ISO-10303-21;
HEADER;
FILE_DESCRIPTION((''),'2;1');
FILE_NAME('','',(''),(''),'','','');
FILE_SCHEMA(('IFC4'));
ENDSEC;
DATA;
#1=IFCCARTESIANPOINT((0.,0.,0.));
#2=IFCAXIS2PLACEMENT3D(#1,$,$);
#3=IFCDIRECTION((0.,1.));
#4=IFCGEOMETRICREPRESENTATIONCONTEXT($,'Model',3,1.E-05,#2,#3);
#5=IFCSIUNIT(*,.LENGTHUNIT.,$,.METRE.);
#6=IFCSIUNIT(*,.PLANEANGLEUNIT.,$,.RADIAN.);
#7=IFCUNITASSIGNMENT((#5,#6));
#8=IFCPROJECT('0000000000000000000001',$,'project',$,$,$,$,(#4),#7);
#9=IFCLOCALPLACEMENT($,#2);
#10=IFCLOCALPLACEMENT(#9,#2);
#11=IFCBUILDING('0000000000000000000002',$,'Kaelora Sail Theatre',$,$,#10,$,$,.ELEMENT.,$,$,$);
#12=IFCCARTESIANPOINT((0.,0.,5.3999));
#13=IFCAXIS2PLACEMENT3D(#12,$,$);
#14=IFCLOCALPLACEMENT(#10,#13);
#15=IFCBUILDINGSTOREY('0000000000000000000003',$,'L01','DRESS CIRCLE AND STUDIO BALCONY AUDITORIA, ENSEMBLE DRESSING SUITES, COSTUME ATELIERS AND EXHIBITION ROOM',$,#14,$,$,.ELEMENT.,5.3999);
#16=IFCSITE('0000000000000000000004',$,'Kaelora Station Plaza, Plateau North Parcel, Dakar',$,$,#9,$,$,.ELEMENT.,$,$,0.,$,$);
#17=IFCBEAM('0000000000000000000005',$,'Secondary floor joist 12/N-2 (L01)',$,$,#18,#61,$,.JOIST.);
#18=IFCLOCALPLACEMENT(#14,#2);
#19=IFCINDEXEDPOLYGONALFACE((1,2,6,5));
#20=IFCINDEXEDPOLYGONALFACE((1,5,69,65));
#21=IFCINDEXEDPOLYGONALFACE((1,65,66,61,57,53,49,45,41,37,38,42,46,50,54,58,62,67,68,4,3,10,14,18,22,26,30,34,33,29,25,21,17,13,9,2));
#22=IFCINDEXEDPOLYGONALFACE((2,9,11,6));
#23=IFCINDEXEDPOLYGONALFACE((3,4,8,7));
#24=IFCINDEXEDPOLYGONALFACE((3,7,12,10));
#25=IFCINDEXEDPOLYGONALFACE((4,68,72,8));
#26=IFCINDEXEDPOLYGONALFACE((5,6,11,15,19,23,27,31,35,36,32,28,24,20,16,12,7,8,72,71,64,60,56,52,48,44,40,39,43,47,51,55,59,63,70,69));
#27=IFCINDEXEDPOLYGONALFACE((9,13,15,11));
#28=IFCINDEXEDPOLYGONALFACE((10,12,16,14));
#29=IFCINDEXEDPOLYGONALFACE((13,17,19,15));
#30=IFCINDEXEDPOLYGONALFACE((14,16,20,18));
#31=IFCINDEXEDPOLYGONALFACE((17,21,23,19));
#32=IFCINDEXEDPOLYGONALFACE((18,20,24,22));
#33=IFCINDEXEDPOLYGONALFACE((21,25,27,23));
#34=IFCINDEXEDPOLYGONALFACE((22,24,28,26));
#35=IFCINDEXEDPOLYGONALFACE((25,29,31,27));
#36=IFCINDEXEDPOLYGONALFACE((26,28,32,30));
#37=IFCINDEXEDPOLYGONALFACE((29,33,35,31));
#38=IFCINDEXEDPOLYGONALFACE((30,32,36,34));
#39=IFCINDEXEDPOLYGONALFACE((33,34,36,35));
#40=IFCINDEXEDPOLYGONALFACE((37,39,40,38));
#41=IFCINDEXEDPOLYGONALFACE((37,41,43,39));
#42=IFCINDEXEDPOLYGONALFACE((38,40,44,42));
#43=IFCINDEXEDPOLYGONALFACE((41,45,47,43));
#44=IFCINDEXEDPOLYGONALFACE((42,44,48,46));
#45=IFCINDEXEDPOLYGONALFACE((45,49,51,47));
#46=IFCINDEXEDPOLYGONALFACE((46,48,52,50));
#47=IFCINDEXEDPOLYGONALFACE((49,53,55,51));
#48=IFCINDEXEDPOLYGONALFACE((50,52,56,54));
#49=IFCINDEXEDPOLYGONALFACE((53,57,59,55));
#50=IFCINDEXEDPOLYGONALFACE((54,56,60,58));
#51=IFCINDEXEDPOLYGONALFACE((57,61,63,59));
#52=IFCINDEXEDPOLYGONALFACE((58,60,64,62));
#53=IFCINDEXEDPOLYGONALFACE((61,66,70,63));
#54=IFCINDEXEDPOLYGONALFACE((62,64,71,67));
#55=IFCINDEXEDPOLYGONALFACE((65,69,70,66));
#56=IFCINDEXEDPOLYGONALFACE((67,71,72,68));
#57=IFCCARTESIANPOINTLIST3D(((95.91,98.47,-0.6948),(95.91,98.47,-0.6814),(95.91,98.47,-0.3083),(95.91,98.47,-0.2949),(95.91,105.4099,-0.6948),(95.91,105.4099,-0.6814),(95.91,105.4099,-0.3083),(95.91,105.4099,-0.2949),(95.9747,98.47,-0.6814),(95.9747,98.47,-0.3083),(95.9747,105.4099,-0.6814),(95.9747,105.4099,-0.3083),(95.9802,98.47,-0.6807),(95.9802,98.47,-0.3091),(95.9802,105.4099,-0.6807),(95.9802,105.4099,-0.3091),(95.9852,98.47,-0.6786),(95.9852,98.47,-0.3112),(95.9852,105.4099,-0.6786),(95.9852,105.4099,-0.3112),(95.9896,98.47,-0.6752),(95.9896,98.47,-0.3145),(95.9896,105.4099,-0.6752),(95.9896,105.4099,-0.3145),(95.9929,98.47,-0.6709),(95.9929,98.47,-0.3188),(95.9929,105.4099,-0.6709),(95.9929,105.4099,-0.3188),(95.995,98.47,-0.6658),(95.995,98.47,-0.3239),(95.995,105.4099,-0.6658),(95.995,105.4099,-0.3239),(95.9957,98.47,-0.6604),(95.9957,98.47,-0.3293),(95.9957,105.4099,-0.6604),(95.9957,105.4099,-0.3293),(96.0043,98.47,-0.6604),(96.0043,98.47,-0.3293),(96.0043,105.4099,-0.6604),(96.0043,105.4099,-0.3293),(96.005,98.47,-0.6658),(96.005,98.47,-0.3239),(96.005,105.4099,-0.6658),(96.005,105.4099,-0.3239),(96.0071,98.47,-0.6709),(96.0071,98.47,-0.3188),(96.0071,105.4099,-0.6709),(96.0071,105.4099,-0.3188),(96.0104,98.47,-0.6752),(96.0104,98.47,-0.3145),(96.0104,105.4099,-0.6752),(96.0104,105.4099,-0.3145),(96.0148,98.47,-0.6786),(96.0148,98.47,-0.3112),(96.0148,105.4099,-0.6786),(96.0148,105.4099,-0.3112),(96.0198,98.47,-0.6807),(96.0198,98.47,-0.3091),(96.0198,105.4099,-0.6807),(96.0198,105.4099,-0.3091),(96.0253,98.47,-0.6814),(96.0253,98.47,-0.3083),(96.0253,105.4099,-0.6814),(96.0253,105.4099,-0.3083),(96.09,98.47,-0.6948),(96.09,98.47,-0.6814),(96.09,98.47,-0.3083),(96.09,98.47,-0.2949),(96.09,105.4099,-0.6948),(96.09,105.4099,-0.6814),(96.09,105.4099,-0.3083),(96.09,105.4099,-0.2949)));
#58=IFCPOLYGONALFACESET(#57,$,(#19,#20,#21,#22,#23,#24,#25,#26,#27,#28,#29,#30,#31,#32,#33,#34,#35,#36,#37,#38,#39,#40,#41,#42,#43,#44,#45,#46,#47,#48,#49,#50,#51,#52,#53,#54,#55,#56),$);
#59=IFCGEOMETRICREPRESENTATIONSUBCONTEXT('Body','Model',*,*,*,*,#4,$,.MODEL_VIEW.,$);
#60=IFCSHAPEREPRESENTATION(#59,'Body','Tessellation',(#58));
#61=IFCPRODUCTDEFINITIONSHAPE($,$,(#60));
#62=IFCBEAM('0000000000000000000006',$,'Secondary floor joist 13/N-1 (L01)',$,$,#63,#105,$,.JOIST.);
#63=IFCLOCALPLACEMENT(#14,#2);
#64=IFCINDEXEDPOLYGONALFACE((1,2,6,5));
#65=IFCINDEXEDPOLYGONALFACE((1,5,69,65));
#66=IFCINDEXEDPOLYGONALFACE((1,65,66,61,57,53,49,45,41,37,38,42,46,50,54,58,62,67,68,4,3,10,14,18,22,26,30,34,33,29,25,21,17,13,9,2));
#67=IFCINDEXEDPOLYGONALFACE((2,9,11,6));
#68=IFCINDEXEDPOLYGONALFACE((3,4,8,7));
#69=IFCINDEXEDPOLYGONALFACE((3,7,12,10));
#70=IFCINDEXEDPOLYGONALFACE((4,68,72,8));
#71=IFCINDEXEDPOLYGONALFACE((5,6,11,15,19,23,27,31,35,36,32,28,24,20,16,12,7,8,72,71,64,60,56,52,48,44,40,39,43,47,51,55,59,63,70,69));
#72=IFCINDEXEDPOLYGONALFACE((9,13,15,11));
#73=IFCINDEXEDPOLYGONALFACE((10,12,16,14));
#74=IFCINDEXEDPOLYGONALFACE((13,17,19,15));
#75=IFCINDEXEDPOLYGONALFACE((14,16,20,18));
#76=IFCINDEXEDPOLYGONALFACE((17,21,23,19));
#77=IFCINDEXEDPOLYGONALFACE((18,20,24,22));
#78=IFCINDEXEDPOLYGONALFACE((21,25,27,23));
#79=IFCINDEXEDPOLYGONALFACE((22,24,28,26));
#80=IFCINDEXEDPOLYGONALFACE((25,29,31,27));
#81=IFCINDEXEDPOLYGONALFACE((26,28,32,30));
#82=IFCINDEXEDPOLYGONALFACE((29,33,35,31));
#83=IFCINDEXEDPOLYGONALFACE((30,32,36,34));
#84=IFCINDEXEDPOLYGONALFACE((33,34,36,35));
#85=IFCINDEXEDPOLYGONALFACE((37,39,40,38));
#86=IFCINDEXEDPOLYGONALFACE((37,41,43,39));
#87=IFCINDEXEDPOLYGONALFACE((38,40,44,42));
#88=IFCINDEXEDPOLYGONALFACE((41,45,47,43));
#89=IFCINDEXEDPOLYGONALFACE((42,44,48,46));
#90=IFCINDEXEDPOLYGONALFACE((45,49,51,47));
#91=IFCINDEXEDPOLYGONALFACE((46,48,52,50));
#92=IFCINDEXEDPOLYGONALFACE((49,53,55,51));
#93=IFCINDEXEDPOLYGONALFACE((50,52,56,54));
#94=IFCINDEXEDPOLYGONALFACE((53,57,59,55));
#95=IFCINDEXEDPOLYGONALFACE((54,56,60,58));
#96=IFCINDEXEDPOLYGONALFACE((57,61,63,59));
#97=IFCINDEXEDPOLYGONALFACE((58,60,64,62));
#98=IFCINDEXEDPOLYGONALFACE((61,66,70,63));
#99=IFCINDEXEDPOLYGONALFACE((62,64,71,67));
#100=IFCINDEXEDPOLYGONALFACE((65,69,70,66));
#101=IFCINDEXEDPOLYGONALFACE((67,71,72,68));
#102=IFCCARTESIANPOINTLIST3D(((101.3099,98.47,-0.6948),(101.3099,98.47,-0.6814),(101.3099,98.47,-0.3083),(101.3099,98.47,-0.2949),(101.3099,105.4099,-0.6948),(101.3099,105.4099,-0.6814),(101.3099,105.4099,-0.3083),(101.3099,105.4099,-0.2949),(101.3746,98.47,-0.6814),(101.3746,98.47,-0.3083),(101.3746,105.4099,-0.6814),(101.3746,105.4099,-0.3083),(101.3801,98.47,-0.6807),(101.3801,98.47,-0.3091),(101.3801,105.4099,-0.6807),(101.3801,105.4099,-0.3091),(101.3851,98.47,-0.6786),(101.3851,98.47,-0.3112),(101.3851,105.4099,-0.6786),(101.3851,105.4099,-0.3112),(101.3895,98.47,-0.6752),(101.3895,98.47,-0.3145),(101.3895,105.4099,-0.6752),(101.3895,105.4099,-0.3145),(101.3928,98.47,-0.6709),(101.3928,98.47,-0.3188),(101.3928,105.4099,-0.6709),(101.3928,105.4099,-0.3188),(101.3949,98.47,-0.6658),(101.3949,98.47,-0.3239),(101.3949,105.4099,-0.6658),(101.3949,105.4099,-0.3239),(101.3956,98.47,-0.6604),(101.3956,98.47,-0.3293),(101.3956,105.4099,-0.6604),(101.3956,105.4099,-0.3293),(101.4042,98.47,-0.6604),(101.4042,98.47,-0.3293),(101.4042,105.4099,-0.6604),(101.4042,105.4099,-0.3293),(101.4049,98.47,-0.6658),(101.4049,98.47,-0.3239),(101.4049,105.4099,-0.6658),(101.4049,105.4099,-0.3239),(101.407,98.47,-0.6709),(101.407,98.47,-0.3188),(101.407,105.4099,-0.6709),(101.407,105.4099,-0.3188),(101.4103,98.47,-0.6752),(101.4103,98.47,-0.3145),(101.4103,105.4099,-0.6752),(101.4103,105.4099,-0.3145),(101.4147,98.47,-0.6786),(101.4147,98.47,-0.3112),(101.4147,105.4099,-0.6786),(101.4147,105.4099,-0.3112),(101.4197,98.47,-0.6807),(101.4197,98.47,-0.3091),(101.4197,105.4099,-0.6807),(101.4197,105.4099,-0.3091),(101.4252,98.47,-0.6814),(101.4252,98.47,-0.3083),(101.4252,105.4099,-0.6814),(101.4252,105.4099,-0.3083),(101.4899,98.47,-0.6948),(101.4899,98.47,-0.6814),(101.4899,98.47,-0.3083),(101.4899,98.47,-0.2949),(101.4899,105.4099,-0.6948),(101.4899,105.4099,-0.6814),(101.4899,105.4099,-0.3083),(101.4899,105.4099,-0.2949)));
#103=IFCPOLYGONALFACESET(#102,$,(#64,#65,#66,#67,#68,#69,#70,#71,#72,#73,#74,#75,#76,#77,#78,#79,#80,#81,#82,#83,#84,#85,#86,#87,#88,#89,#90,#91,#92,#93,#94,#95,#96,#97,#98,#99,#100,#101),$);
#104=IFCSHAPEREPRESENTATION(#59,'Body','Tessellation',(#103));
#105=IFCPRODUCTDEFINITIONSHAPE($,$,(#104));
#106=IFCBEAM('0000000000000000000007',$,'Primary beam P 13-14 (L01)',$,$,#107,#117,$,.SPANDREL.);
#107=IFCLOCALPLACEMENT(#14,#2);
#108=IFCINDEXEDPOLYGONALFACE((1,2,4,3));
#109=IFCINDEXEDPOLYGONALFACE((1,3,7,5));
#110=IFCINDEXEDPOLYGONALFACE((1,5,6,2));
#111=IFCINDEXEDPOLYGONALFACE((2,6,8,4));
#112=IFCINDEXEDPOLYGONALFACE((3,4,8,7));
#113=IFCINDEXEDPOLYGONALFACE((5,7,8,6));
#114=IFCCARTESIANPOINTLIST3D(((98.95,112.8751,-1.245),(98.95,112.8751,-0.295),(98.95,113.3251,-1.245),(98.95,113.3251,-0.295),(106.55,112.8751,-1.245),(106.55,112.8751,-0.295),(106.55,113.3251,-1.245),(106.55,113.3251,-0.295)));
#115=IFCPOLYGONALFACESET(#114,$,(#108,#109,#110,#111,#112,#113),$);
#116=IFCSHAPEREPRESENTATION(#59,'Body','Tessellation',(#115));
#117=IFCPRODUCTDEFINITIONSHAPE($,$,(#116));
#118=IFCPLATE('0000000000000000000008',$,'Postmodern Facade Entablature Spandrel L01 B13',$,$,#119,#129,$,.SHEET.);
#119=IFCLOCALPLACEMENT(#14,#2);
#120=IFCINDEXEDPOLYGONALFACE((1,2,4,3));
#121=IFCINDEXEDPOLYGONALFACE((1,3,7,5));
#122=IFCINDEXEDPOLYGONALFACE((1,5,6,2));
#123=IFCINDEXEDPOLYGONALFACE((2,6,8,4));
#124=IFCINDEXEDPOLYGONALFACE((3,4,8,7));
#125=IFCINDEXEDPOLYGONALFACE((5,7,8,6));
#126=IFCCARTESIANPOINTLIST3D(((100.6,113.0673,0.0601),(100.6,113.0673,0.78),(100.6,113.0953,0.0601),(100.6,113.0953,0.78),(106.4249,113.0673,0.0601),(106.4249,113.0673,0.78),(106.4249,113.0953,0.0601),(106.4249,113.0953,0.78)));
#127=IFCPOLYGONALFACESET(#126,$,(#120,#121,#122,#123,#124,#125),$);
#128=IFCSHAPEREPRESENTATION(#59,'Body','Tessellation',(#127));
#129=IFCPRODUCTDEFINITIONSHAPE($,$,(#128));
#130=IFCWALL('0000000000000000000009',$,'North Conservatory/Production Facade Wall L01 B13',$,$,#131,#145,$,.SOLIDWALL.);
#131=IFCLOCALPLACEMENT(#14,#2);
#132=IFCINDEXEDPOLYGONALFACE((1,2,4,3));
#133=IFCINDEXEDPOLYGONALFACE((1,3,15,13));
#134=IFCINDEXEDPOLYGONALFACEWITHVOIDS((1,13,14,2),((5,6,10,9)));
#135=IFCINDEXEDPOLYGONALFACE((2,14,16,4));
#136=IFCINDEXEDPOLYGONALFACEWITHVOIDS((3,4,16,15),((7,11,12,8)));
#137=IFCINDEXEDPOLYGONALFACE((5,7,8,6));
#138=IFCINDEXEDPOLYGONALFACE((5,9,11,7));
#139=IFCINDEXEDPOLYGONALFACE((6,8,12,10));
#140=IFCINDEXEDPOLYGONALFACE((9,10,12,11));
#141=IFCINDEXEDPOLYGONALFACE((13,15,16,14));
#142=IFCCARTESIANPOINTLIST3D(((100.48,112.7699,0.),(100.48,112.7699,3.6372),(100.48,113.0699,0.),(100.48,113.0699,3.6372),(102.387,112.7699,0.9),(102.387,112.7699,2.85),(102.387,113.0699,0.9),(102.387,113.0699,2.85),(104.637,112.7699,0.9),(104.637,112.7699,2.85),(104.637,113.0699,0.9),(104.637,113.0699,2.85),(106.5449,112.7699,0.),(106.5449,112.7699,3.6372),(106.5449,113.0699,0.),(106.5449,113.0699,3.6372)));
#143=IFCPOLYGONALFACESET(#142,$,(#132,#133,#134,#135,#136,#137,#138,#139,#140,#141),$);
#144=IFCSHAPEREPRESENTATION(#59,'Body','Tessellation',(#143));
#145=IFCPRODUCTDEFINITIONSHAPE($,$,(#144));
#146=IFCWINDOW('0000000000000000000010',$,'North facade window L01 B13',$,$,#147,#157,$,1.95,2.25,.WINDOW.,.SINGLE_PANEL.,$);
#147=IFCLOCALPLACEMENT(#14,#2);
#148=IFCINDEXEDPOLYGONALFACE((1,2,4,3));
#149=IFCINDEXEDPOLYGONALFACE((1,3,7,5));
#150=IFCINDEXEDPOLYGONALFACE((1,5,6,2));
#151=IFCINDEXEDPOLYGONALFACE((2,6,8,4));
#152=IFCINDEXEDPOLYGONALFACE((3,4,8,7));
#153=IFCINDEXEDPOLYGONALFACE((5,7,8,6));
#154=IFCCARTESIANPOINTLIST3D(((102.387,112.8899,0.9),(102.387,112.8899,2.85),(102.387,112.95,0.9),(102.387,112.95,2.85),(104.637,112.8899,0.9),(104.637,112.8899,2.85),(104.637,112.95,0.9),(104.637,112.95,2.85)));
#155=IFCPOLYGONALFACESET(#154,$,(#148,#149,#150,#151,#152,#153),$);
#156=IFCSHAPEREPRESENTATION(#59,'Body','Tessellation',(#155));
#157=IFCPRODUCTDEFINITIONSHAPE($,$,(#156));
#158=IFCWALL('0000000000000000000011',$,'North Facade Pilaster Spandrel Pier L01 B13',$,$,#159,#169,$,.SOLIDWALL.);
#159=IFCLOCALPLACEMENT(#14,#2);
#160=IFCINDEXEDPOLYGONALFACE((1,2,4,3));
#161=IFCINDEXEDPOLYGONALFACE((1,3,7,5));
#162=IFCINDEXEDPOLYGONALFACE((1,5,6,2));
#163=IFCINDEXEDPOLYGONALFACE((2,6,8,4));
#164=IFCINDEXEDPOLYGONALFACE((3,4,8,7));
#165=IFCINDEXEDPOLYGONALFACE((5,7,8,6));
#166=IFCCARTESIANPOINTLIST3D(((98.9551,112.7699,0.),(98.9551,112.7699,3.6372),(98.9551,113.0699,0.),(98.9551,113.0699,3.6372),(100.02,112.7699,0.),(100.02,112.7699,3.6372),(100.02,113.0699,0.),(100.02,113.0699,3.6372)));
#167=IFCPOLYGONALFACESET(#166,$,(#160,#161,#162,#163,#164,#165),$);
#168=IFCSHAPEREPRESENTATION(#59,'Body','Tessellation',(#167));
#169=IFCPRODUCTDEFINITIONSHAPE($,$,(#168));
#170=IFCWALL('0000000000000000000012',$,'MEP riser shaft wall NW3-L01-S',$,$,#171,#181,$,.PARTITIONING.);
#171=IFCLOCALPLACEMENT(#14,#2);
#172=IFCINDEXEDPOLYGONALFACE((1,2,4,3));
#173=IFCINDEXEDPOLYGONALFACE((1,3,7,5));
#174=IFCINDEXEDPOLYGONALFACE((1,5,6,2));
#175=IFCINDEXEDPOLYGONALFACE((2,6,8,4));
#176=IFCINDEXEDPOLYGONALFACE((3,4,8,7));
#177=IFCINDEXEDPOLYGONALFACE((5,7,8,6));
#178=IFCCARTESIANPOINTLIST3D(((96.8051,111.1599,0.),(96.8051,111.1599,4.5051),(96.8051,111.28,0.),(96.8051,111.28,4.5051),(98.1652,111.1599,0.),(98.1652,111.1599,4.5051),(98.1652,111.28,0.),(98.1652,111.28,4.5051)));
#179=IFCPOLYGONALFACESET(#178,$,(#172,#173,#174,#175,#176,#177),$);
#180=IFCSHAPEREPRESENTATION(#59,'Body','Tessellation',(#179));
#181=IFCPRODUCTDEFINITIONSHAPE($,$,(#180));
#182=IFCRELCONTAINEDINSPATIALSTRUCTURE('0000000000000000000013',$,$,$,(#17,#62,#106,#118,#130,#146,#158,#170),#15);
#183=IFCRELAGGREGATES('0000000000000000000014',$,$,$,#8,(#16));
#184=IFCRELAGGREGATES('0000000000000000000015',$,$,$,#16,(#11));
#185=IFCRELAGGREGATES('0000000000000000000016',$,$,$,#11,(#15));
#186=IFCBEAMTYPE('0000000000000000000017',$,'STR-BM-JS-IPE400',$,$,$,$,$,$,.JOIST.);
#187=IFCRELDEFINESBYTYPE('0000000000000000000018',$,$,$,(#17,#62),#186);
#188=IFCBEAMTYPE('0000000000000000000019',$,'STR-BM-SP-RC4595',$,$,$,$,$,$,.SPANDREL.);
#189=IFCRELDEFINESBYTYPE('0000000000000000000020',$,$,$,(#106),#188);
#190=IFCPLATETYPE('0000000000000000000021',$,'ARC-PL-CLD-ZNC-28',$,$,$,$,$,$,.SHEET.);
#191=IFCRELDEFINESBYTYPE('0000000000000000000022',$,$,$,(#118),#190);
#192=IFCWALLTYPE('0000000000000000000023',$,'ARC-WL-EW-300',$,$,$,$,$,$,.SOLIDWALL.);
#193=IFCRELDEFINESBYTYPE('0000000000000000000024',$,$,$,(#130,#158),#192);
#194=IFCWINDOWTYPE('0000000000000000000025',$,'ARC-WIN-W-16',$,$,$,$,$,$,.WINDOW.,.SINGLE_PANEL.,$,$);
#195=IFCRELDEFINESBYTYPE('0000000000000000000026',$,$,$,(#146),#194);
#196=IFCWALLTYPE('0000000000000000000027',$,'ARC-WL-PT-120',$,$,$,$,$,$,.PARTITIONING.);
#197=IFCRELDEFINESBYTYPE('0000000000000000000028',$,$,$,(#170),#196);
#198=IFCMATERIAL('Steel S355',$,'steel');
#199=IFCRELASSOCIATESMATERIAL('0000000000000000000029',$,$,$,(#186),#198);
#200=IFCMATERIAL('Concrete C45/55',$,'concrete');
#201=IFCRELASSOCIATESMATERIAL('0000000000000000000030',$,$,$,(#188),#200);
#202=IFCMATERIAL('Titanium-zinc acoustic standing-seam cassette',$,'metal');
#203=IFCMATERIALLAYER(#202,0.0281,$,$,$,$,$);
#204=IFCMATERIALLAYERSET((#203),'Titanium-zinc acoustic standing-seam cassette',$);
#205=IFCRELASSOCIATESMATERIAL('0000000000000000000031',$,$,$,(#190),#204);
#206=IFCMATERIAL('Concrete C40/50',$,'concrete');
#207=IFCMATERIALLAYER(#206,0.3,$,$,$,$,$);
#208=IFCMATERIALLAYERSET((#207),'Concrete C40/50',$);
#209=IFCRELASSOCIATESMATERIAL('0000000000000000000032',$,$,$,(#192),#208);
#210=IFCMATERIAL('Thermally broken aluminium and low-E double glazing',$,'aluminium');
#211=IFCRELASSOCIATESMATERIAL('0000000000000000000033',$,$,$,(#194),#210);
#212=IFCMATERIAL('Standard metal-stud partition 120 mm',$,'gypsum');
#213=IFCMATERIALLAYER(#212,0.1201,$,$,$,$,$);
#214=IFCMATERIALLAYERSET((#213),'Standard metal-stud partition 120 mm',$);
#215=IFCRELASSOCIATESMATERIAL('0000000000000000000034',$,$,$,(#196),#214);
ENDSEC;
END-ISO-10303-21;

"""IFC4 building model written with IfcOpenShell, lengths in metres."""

from ifc_helpers import new_model, si_unit, direction, frame, frame_2d, origin, origin_2d, place, context, subcontext, project, spatial, rectangle, i_section, extrude, material, layer, layer_set, material_profile, profile_set, type_object, element, fill, save


model = new_model("IFC4")

# Units and contexts
model_context = context("Model", 3, precision=1e-05, world=origin(), true_north=direction((0.0, 1.0)))
body_context = subcontext(model_context, "Body", "Model", "MODEL_VIEW")
ifc_project = project(units=[si_unit("LENGTHUNIT", "METRE"), si_unit("PLANEANGLEUNIT", "RADIAN")], contexts=[model_context])

# Site, building, storey
site_placement = place(None, origin())
site = spatial("IfcSite", under=ifc_project, at=site_placement, Name="Kaelora Station Plaza, Plateau North Parcel, Dakar", CompositionType="ELEMENT", RefElevation=0.0)
building_placement = place(site_placement, origin())
building = spatial("IfcBuilding", under=site, at=building_placement, Name="Kaelora Sail Theatre", CompositionType="ELEMENT")
storey_placement = place(building_placement, frame((0.0, 0.0, 5.3999)))
storey = spatial("IfcBuildingStorey", under=building, at=storey_placement, Name="L01", Description="DRESS CIRCLE AND STUDIO BALCONY AUDITORIA, ENSEMBLE DRESSING SUITES, COSTUME ATELIERS AND EXHIBITION ROOM", CompositionType="ELEMENT", Elevation=5.3999)

# Beams
ifc_material_1 = material(Name="Steel S355", Category="steel")
ifc_material_profile_1 = material_profile(ifc_material_1, i_section(OverallWidth=0.1799, OverallDepth=0.3999, WebThickness=0.0085, FlangeThickness=0.0134, FilletRadius=0.021, at=origin_2d()), Name="IPE 400")
ifc_profile_set_1 = profile_set([ifc_material_profile_1], Name="Steel S355")
beam_type_1 = type_object("IfcBeamType", Name="STR-BM-JS-IPE400", PredefinedType="JOIST", material=ifc_profile_set_1)
for number, where, z_axis, x_axis, name in (
    (1, (96.0, 98.47, -0.4949), (0.0, 1.0, 0.0), (-1.0, 0.0, 0.0), "Secondary floor joist 12/N-2 (L01)"),
    (2, (101.3999, 98.47, -0.4949), (0.0, 1.0, 0.0), (-1.0, 0.0, 0.0), "Secondary floor joist 13/N-1 (L01)"),
):
    element("IfcBeam", number, at=place(storey_placement, frame(where, z_axis=z_axis, x_axis=x_axis)), inside=storey, type_object=beam_type_1, Name=name, PredefinedType="JOIST", context=body_context, shape_type="SweptSolid", body=[
        extrude(i_section(OverallWidth=0.1799, OverallDepth=0.3999, WebThickness=0.0085, FlangeThickness=0.0134, FilletRadius=0.021, at=origin_2d()), origin(), (0.0, 0.0, 1.0), 6.9399),
    ])
ifc_material_2 = material(Name="Concrete C45/55", Category="concrete")
ifc_material_profile_2 = material_profile(ifc_material_2, rectangle(XDim=0.45, YDim=0.95, at=origin_2d()), Name="RC-SPN 450x950")
ifc_profile_set_2 = profile_set([ifc_material_profile_2], Name="Concrete C45/55")
beam_type_2 = type_object("IfcBeamType", Name="STR-BM-SP-RC4595", PredefinedType="SPANDREL", material=ifc_profile_set_2)
beam_1_placement = place(storey_placement, frame((98.95, 113.1001, -0.77), z_axis=(1.0, 0.0, 0.0), x_axis=(0.0, 1.0, 0.0)))
element("IfcBeam", 3, at=beam_1_placement, inside=storey, type_object=beam_type_2, Name="Primary beam P 13-14 (L01)", PredefinedType="SPANDREL", context=body_context, shape_type="SweptSolid", body=[
    extrude(rectangle(XDim=0.45, YDim=0.95, at=origin_2d()), origin(), (0.0, 0.0, 1.0), 7.6001),
])

# Plate
ifc_material_3 = material(Name="Titanium-zinc acoustic standing-seam cassette", Category="metal")
ifc_layer_1 = layer(ifc_material_3, 0.0281)
ifc_layer_set_1 = layer_set([ifc_layer_1], Name="Titanium-zinc acoustic standing-seam cassette")
plate_type = type_object("IfcPlateType", Name="ARC-PL-CLD-ZNC-28", PredefinedType="SHEET", material=ifc_layer_set_1)
plate_placement = place(storey_placement, frame((103.5125, 113.0813, 0.0601), z_axis=(0.0, 0.0, 1.0), x_axis=(1.0, 0.0, 0.0)))
element("IfcPlate", 4, at=plate_placement, inside=storey, type_object=plate_type, Name="Postmodern Facade Entablature Spandrel L01 B13", PredefinedType="SHEET", context=body_context, shape_type="SweptSolid", body=[
    extrude(rectangle(XDim=5.825, YDim=0.0281, at=origin_2d()), origin(), (0.0, 0.0, 1.0), 0.72),
])

# Wall, opening, window
ifc_material_4 = material(Name="Concrete C40/50", Category="concrete")
ifc_layer_2 = layer(ifc_material_4, 0.3)
ifc_layer_set_2 = layer_set([ifc_layer_2], Name="Concrete C40/50")
wall_type_1 = type_object("IfcWallType", Name="ARC-WL-EW-300", PredefinedType="SOLIDWALL", material=ifc_layer_set_2)
wall_1_placement = place(storey_placement, frame((100.48, 112.9199, 0.0), z_axis=(0.0, 0.0, 1.0), x_axis=(1.0, 0.0, 0.0)))
wall_1 = element("IfcWall", 5, at=wall_1_placement, inside=storey, type_object=wall_type_1, Name="North Conservatory/Production Facade Wall L01 B13", PredefinedType="SOLIDWALL", context=body_context, shape_type="SweptSolid", body=[
    extrude(rectangle(XDim=6.0649, YDim=0.3, at=frame_2d((3.0325, 0.0))), origin(), (0.0, 0.0, 1.0), 3.6372),
])
opening_placement = place(wall_1_placement, frame((1.907, 0.0, 0.8999)))
opening = element("IfcOpeningElement", 6, at=opening_placement, cuts=wall_1, PredefinedType="OPENING", context=body_context, shape_type="SweptSolid", body=[
    extrude(rectangle(XDim=2.25, YDim=1.95, at=frame_2d((1.125, 0.9751))), frame((0.0, 0.1599, 0.0), z_axis=(0.0, -1.0, 0.0), x_axis=(1.0, 0.0, 0.0)), (0.0, 0.0, 1.0), 0.32),
])
ifc_material_5 = material(Name="Thermally broken aluminium and low-E double glazing", Category="aluminium")
window_type = type_object("IfcWindowType", Name="ARC-WIN-W-16", PartitioningType="SINGLE_PANEL", PredefinedType="WINDOW", material=ifc_material_5)
window_placement = place(opening_placement, origin())
window = element("IfcWindow", 7, at=window_placement, inside=storey, type_object=window_type, Name="North facade window L01 B13", OverallHeight=1.95, OverallWidth=2.25, PartitioningType="SINGLE_PANEL", PredefinedType="WINDOW", context=body_context, shape_type="SweptSolid", body=[
    extrude(rectangle(XDim=2.25, YDim=1.95, at=frame_2d((1.125, 0.9751))), frame((0.0, 0.03, 0.0), z_axis=(0.0, -1.0, 0.0), x_axis=(1.0, 0.0, 0.0)), (0.0, 0.0, 1.0), 0.0601),
])
fill(opening, window)

# Walls
wall_2_placement = place(storey_placement, frame((98.9551, 112.9199, 0.0), z_axis=(0.0, 0.0, 1.0), x_axis=(1.0, 0.0, 0.0)))
element("IfcWall", 8, at=wall_2_placement, inside=storey, type_object=wall_type_1, Name="North Facade Pilaster Spandrel Pier L01 B13", PredefinedType="SOLIDWALL", context=body_context, shape_type="SweptSolid", body=[
    extrude(rectangle(XDim=1.0649, YDim=0.3, at=frame_2d((0.5325, 0.0))), origin(), (0.0, 0.0, 1.0), 3.6372),
])
ifc_material_6 = material(Name="Standard metal-stud partition 120 mm", Category="gypsum")
ifc_layer_3 = layer(ifc_material_6, 0.1201)
ifc_layer_set_3 = layer_set([ifc_layer_3], Name="Standard metal-stud partition 120 mm")
wall_type_2 = type_object("IfcWallType", Name="ARC-WL-PT-120", PredefinedType="PARTITIONING", material=ifc_layer_set_3)
for number, where, z_axis, x_axis, name in (
    (9, (96.8049, 111.22, 0.0), (0.0, 0.0, 1.0), (1.0, 0.0, 0.0), "MEP riser shaft wall NW3-L01-S"),
):
    element("IfcWall", number, at=place(storey_placement, frame(where, z_axis=z_axis, x_axis=x_axis)), inside=storey, type_object=wall_type_2, Name=name, PredefinedType="PARTITIONING", context=body_context, shape_type="SweptSolid", body=[
        extrude(rectangle(XDim=1.3601, YDim=0.1201, at=frame_2d((0.6802, 0.0))), origin(), (0.0, 0.0, 1.0), 4.5051),
    ])

save(model, "model.ifc")
